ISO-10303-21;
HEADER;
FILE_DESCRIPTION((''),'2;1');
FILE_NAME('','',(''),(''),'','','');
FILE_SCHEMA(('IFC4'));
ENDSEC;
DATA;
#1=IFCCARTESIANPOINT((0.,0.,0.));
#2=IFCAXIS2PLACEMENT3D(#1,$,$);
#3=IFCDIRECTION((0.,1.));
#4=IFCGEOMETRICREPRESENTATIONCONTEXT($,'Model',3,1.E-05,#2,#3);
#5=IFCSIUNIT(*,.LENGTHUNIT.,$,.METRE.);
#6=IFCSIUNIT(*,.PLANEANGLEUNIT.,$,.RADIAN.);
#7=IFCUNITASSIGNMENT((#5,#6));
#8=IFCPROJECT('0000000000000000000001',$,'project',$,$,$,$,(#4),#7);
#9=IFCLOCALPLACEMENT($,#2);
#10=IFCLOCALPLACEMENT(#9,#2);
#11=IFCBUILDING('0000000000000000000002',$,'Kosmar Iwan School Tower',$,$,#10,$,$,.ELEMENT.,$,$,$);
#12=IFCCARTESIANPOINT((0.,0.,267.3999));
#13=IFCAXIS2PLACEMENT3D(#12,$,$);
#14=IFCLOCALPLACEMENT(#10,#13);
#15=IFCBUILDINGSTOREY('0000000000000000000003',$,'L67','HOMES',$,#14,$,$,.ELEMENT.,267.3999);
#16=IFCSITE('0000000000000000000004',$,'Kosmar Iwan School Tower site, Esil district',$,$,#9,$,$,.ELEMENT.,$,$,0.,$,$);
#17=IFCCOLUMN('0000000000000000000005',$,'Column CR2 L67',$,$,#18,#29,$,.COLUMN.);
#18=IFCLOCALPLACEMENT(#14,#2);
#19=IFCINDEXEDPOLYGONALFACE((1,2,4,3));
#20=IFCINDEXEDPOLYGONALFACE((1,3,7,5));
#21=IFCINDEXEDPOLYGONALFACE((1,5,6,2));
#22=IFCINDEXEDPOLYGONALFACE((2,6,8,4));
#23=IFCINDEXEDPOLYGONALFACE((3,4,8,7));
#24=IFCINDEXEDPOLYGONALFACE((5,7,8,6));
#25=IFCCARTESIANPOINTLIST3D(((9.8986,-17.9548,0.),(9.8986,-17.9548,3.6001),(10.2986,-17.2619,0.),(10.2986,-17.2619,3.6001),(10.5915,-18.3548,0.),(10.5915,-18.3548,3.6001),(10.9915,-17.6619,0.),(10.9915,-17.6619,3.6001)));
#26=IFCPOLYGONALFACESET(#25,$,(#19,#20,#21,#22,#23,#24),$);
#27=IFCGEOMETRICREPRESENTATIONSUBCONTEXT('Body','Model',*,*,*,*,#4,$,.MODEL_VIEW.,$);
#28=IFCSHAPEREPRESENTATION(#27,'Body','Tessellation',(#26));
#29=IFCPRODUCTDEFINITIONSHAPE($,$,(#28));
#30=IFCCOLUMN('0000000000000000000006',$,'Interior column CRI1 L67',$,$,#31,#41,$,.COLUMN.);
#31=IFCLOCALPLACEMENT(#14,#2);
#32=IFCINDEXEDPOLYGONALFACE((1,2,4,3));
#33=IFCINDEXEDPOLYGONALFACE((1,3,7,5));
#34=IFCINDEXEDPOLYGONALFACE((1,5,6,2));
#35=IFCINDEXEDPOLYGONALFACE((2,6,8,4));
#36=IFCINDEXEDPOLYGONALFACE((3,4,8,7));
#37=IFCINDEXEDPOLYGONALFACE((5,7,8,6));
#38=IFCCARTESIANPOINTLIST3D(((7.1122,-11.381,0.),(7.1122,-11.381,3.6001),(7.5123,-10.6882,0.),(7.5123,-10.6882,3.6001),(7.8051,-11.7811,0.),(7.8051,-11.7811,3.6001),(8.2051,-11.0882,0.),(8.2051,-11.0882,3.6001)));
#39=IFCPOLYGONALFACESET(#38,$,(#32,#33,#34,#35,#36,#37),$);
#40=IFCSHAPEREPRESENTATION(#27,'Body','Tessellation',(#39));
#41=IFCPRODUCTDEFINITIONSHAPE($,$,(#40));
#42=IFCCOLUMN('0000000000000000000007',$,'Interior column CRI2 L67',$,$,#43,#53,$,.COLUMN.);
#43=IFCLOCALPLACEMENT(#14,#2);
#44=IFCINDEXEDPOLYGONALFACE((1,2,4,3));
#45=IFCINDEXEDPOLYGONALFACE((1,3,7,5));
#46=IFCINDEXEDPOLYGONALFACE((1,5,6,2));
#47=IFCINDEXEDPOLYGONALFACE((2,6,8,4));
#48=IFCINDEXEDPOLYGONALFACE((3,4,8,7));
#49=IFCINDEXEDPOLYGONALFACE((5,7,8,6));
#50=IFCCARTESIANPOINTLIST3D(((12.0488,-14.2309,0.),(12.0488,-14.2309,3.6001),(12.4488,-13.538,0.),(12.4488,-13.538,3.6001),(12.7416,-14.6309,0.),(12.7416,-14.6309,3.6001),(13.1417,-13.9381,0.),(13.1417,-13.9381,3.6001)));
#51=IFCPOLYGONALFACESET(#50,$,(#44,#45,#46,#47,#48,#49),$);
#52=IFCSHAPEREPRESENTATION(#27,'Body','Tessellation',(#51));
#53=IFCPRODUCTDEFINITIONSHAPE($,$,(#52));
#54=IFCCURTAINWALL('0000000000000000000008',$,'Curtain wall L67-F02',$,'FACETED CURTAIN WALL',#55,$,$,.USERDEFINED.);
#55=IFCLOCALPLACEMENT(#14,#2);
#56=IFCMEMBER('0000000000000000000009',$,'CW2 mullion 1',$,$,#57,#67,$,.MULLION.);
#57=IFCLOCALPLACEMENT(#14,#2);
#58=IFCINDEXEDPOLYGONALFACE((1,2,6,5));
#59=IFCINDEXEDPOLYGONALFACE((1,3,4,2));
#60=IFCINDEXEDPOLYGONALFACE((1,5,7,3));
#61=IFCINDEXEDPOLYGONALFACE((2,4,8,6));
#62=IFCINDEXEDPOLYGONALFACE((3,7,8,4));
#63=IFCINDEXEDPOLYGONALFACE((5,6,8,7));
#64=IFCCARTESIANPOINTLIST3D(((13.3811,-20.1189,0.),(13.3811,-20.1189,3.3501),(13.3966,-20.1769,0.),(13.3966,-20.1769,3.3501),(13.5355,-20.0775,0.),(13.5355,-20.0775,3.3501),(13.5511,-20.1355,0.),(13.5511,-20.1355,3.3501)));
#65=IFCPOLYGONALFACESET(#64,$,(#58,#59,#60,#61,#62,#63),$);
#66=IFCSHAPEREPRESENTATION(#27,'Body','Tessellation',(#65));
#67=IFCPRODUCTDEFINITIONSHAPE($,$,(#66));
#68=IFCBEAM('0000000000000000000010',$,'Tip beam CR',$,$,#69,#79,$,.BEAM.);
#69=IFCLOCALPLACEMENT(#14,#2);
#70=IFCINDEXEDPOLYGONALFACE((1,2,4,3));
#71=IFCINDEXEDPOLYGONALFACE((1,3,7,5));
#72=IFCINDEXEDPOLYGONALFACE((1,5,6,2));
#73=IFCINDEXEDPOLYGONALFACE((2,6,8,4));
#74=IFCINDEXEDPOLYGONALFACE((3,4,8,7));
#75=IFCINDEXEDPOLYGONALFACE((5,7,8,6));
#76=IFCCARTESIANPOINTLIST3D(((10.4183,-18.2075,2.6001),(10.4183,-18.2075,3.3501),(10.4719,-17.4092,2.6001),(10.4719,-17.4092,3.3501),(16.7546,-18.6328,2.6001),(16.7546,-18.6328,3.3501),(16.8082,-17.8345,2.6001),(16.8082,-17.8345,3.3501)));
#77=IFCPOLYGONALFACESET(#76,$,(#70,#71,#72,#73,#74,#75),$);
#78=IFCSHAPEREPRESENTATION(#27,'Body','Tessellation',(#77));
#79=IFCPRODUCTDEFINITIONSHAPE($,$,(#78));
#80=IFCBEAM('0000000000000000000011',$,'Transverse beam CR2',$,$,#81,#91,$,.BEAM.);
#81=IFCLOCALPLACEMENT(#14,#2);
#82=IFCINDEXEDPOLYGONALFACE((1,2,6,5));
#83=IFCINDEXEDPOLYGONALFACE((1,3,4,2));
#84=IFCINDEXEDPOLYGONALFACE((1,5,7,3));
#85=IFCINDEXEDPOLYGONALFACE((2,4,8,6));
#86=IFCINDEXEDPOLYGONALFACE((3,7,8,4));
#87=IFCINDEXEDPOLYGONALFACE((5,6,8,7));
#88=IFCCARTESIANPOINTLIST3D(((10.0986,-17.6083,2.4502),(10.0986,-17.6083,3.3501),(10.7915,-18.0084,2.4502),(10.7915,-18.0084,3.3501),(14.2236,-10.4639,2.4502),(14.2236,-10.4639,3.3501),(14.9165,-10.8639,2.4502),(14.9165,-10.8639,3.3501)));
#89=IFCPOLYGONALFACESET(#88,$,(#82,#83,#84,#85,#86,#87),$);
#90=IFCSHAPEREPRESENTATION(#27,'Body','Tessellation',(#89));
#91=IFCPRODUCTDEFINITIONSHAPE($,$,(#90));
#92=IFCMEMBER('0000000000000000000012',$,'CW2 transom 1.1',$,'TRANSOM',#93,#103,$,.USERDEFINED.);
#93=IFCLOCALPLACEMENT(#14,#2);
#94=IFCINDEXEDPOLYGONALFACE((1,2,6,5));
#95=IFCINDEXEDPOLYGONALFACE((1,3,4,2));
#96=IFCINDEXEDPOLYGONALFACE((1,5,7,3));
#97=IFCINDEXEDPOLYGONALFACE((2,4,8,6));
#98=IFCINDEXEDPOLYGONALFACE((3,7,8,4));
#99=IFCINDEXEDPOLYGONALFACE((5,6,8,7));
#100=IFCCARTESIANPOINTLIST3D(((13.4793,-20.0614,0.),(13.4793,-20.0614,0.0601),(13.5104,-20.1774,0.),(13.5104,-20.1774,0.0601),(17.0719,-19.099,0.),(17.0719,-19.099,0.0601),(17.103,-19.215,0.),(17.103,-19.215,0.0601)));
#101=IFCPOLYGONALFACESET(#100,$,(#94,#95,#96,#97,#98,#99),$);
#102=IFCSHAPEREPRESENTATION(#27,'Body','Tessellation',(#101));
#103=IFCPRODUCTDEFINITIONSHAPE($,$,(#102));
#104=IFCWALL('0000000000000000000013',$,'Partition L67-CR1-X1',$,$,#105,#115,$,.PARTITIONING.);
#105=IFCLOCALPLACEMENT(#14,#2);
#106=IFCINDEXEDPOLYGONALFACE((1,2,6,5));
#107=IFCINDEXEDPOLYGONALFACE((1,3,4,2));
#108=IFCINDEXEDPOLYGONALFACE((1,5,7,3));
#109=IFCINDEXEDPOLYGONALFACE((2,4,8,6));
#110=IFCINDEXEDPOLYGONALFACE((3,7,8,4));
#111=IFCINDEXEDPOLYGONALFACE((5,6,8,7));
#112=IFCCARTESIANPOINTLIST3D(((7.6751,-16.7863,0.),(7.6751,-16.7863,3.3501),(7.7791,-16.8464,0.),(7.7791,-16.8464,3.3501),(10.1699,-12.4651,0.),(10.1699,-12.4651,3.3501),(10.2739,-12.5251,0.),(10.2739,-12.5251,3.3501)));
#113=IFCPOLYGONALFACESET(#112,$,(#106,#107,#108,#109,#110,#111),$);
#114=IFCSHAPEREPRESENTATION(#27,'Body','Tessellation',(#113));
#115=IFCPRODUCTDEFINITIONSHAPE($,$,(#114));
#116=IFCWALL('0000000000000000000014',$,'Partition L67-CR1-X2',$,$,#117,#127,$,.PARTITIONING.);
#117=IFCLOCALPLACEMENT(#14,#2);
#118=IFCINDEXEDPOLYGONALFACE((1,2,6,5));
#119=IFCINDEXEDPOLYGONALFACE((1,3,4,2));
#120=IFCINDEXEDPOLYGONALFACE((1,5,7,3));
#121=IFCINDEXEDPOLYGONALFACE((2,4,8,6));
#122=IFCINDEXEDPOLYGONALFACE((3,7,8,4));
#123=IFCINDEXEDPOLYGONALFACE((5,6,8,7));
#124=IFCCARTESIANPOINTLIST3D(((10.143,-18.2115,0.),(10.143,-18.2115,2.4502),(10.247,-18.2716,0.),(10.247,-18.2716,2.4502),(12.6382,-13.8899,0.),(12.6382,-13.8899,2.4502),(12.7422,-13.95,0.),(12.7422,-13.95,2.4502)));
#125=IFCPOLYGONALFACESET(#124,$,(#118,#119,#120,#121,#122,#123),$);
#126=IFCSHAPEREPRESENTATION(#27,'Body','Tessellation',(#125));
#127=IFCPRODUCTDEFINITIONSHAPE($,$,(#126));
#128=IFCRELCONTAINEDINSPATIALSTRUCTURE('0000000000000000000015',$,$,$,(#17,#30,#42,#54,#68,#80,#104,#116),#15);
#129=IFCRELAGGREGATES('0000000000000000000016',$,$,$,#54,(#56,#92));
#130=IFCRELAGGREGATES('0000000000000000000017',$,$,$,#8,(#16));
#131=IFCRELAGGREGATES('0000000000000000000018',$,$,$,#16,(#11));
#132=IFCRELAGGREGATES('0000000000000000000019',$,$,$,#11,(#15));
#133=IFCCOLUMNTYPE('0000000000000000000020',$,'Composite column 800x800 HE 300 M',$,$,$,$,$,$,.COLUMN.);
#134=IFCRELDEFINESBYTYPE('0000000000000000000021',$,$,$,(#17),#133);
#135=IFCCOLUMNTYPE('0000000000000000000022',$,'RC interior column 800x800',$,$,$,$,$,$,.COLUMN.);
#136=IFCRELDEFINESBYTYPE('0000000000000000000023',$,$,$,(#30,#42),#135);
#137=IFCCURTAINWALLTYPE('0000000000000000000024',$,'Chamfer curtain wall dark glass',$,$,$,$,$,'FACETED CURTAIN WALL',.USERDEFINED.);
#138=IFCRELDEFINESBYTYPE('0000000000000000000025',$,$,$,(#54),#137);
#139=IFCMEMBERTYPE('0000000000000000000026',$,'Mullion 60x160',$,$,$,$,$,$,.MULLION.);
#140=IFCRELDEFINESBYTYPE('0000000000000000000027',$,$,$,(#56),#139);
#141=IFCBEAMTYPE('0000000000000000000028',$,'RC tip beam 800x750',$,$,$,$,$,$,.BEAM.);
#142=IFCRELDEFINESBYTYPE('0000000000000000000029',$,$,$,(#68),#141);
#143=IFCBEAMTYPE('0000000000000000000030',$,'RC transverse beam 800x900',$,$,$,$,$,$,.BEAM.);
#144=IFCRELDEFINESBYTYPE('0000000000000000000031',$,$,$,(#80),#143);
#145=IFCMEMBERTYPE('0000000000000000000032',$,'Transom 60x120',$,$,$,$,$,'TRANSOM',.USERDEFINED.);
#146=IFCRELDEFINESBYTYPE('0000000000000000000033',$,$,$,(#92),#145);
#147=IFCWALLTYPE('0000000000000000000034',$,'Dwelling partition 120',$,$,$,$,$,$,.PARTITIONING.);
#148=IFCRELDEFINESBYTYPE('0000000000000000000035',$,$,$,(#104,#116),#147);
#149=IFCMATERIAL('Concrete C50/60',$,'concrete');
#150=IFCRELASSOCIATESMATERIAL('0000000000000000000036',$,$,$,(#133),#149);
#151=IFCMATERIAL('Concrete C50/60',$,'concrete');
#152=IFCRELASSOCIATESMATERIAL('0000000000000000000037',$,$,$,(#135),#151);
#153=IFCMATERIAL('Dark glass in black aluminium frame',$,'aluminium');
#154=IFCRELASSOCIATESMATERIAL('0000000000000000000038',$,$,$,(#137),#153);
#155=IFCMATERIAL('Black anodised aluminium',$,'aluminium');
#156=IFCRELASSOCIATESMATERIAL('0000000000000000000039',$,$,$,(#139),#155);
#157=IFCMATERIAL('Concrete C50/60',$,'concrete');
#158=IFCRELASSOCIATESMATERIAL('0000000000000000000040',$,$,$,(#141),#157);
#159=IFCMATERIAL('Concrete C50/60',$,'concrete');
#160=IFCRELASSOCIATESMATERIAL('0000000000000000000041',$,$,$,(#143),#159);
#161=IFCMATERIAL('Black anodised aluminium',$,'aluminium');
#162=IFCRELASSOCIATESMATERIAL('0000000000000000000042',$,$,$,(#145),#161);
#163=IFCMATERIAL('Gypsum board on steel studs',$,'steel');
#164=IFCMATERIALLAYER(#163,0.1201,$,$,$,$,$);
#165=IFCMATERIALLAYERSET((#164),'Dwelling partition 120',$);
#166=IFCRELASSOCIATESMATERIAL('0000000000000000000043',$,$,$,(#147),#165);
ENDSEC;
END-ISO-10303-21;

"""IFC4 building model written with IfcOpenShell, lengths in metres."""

from ifc_helpers import new_model, si_unit, direction, frame, frame_2d, origin, origin_2d, place, context, subcontext, project, spatial, rectangle, extrude, material, layer, layer_set, material_profile, profile_set, type_object, element, aggregate, save


model = new_model("IFC4")

# Units and contexts
model_context = context("Model", 3, precision=1e-05, world=origin(), true_north=direction((0.0, 1.0)))
body_context = subcontext(model_context, "Body", "Model", "MODEL_VIEW")
ifc_project = project(units=[si_unit("LENGTHUNIT", "METRE"), si_unit("PLANEANGLEUNIT", "RADIAN")], contexts=[model_context])

# Site, building, storey
site_placement = place(None, origin())
site = spatial("IfcSite", under=ifc_project, at=site_placement, Name="Kosmar Iwan School Tower site, Esil district", CompositionType="ELEMENT", RefElevation=0.0)
building_placement = place(site_placement, origin())
building = spatial("IfcBuilding", under=site, at=building_placement, Name="Kosmar Iwan School Tower", CompositionType="ELEMENT")
storey_placement = place(building_placement, frame((0.0, 0.0, 267.3999)))
storey = spatial("IfcBuildingStorey", under=building, at=storey_placement, Name="L67", Description="HOMES", CompositionType="ELEMENT", Elevation=267.3999)

# Columns
ifc_material_1 = material(Name="Concrete C50/60", Category="concrete")
ifc_material_profile_1 = material_profile(ifc_material_1, rectangle(XDim=0.8, YDim=0.8, at=origin_2d()), Name="RC 800x800 + HE 300 M")
ifc_profile_set_1 = profile_set([ifc_material_profile_1], Name="Concrete C50/60")
column_type_1 = type_object("IfcColumnType", Name="Composite column 800x800 HE 300 M", PredefinedType="COLUMN", material=ifc_profile_set_1)
column_placement = place(storey_placement, frame((10.4451, -17.8083, 0.0), z_axis=(0.0, 0.0, 1.0), x_axis=(0.866025, -0.5, 0.0)))
element("IfcColumn", 1, at=column_placement, inside=storey, type_object=column_type_1, Name="Column CR2 L67", PredefinedType="COLUMN", context=body_context, shape_type="SweptSolid", body=[
    extrude(rectangle(XDim=0.8, YDim=0.8, at=origin_2d()), origin(), (0.0, 0.0, 1.0), 3.6001),
])
ifc_material_2 = material(Name="Concrete C50/60", Category="concrete")
ifc_material_profile_2 = material_profile(ifc_material_2, rectangle(XDim=0.8, YDim=0.8, at=origin_2d()), Name="RC 800x800")
ifc_profile_set_2 = profile_set([ifc_material_profile_2], Name="Concrete C50/60")
column_type_2 = type_object("IfcColumnType", Name="RC interior column 800x800", PredefinedType="COLUMN", material=ifc_profile_set_2)
for number, where, z_axis, x_axis, name in (
    (2, (7.6587, -11.2346, 0.0), (0.0, 0.0, 1.0), (0.866025, -0.5, 0.0), "Interior column CRI1 L67"),
    (3, (12.5952, -14.0845, 0.0), (0.0, 0.0, 1.0), (0.866025, -0.5, 0.0), "Interior column CRI2 L67"),
):
    element("IfcColumn", number, at=place(storey_placement, frame(where, z_axis=z_axis, x_axis=x_axis)), inside=storey, type_object=column_type_2, Name=name, PredefinedType="COLUMN", context=body_context, shape_type="SweptSolid", body=[
        extrude(rectangle(XDim=0.8, YDim=0.8, at=origin_2d()), origin(), (0.0, 0.0, 1.0), 3.6001),
    ])

# Curtain wall, member
ifc_material_3 = material(Name="Dark glass in black aluminium frame", Category="aluminium")
curtain_wall_type = type_object("IfcCurtainWallType", Name="Chamfer curtain wall dark glass", ElementType="FACETED CURTAIN WALL", PredefinedType="USERDEFINED", material=ifc_material_3)
curtain_wall_placement = place(storey_placement, origin())
curtain_wall = element("IfcCurtainWall", 4, at=curtain_wall_placement, inside=storey, type_object=curtain_wall_type, Name="Curtain wall L67-F02", ObjectType="FACETED CURTAIN WALL", PredefinedType="USERDEFINED")
ifc_material_4 = material(Name="Black anodised aluminium", Category="aluminium")
ifc_material_profile_3 = material_profile(ifc_material_4, rectangle(XDim=0.0601, YDim=0.1599, at=origin_2d()), Name="MULLION 60x160")
ifc_profile_set_3 = profile_set([ifc_material_profile_3], Name="Black anodised aluminium")
member_type_1 = type_object("IfcMemberType", Name="Mullion 60x160", PredefinedType="MULLION", material=ifc_profile_set_3)
member_1_placement = place(storey_placement, frame((13.4661, -20.1272, 0.0), z_axis=(0.0, 0.0, 1.0), x_axis=(-0.258819, 0.965926, 0.0)))
member_1 = element("IfcMember", 5, at=member_1_placement, type_object=member_type_1, Name="CW2 mullion 1", PredefinedType="MULLION", context=body_context, shape_type="SweptSolid", body=[
    extrude(rectangle(XDim=0.0601, YDim=0.1599, at=origin_2d()), origin(), (0.0, 0.0, 1.0), 3.3501),
])

# Beams
ifc_material_5 = material(Name="Concrete C50/60", Category="concrete")
ifc_material_profile_4 = material_profile(ifc_material_5, rectangle(XDim=0.8, YDim=0.75, at=origin_2d()), Name="RC 800x750")
ifc_profile_set_4 = profile_set([ifc_material_profile_4], Name="Concrete C50/60")
beam_type_1 = type_object("IfcBeamType", Name="RC tip beam 800x750", PredefinedType="BEAM", material=ifc_profile_set_4)
beam_1_placement = place(storey_placement, frame((10.4451, -17.8083, 2.9751), z_axis=(0.997755, -0.066968, 0.0), x_axis=(0.066968, 0.997755, 0.0)))
element("IfcBeam", 6, at=beam_1_placement, inside=storey, type_object=beam_type_1, Name="Tip beam CR", PredefinedType="BEAM", context=body_context, shape_type="SweptSolid", body=[
    extrude(rectangle(XDim=0.8, YDim=0.75, at=origin_2d()), origin(), (0.0, 0.0, 1.0), 6.3506),
])
ifc_material_6 = material(Name="Concrete C50/60", Category="concrete")
ifc_material_profile_5 = material_profile(ifc_material_6, rectangle(XDim=0.8, YDim=0.8999, at=origin_2d()), Name="RC 800x900")
ifc_profile_set_5 = profile_set([ifc_material_profile_5], Name="Concrete C50/60")
beam_type_2 = type_object("IfcBeamType", Name="RC transverse beam 800x900", PredefinedType="BEAM", material=ifc_profile_set_5)
beam_2_placement = place(storey_placement, frame((10.4451, -17.8083, 2.9001), z_axis=(0.500009, 0.86602, 0.0), x_axis=(-0.86602, 0.500009, 0.0)))
element("IfcBeam", 7, at=beam_2_placement, inside=storey, type_object=beam_type_2, Name="Transverse beam CR2", PredefinedType="BEAM", context=body_context, shape_type="SweptSolid", body=[
    extrude(rectangle(XDim=0.8, YDim=0.8999, at=origin_2d()), origin(), (0.0, 0.0, 1.0), 8.2498),
])

# Member
ifc_material_7 = material(Name="Black anodised aluminium", Category="aluminium")
ifc_material_profile_6 = material_profile(ifc_material_7, rectangle(XDim=0.1201, YDim=0.0601, at=origin_2d()), Name="TRANSOM 60x120")
ifc_profile_set_6 = profile_set([ifc_material_profile_6], Name="Black anodised aluminium")
member_type_2 = type_object("IfcMemberType", Name="Transom 60x120", ElementType="TRANSOM", PredefinedType="USERDEFINED", material=ifc_profile_set_6)
member_2_placement = place(storey_placement, frame((13.4949, -20.1194, 0.03), z_axis=(0.96594, 0.258766, 0.0), x_axis=(-0.258766, 0.96594, 0.0)))
member_2 = element("IfcMember", 8, at=member_2_placement, type_object=member_type_2, Name="CW2 transom 1.1", ObjectType="TRANSOM", PredefinedType="USERDEFINED", context=body_context, shape_type="SweptSolid", body=[
    extrude(rectangle(XDim=0.1201, YDim=0.0601, at=origin_2d()), origin(), (0.0, 0.0, 1.0), 3.7192),
])
aggregate(curtain_wall, [member_1, member_2])

# Walls
ifc_material_8 = material(Name="Gypsum board on steel studs", Category="steel")
ifc_layer = layer(ifc_material_8, 0.1201)
ifc_layer_set = layer_set([ifc_layer], Name="Dwelling partition 120")
wall_type = type_object("IfcWallType", Name="Dwelling partition 120", PredefinedType="PARTITIONING", material=ifc_layer_set)
wall_1_placement = place(storey_placement, frame((10.2219, -12.4951, 0.0), z_axis=(0.0, 0.0, 1.0), x_axis=(-0.499996, -0.866028, 0.0)))
element("IfcWall", 9, at=wall_1_placement, inside=storey, type_object=wall_type, Name="Partition L67-CR1-X1", PredefinedType="PARTITIONING", context=body_context, shape_type="SweptSolid", body=[
    extrude(rectangle(XDim=4.9897, YDim=0.1201, at=frame_2d((2.4949, 0.0))), origin(), (0.0, 0.0, 1.0), 3.3501),
])
wall_2_placement = place(storey_placement, frame((12.6902, -13.9199, 0.0), z_axis=(0.0, 0.0, 1.0), x_axis=(-0.500012, -0.866019, 0.0)))
element("IfcWall", 10, at=wall_2_placement, inside=storey, type_object=wall_type, Name="Partition L67-CR1-X2", PredefinedType="PARTITIONING", context=body_context, shape_type="SweptSolid", body=[
    extrude(rectangle(XDim=4.9902, YDim=0.1201, at=frame_2d((2.4951, 0.0))), origin(), (0.0, 0.0, 1.0), 2.4502),
])

save(model, "model.ifc")
